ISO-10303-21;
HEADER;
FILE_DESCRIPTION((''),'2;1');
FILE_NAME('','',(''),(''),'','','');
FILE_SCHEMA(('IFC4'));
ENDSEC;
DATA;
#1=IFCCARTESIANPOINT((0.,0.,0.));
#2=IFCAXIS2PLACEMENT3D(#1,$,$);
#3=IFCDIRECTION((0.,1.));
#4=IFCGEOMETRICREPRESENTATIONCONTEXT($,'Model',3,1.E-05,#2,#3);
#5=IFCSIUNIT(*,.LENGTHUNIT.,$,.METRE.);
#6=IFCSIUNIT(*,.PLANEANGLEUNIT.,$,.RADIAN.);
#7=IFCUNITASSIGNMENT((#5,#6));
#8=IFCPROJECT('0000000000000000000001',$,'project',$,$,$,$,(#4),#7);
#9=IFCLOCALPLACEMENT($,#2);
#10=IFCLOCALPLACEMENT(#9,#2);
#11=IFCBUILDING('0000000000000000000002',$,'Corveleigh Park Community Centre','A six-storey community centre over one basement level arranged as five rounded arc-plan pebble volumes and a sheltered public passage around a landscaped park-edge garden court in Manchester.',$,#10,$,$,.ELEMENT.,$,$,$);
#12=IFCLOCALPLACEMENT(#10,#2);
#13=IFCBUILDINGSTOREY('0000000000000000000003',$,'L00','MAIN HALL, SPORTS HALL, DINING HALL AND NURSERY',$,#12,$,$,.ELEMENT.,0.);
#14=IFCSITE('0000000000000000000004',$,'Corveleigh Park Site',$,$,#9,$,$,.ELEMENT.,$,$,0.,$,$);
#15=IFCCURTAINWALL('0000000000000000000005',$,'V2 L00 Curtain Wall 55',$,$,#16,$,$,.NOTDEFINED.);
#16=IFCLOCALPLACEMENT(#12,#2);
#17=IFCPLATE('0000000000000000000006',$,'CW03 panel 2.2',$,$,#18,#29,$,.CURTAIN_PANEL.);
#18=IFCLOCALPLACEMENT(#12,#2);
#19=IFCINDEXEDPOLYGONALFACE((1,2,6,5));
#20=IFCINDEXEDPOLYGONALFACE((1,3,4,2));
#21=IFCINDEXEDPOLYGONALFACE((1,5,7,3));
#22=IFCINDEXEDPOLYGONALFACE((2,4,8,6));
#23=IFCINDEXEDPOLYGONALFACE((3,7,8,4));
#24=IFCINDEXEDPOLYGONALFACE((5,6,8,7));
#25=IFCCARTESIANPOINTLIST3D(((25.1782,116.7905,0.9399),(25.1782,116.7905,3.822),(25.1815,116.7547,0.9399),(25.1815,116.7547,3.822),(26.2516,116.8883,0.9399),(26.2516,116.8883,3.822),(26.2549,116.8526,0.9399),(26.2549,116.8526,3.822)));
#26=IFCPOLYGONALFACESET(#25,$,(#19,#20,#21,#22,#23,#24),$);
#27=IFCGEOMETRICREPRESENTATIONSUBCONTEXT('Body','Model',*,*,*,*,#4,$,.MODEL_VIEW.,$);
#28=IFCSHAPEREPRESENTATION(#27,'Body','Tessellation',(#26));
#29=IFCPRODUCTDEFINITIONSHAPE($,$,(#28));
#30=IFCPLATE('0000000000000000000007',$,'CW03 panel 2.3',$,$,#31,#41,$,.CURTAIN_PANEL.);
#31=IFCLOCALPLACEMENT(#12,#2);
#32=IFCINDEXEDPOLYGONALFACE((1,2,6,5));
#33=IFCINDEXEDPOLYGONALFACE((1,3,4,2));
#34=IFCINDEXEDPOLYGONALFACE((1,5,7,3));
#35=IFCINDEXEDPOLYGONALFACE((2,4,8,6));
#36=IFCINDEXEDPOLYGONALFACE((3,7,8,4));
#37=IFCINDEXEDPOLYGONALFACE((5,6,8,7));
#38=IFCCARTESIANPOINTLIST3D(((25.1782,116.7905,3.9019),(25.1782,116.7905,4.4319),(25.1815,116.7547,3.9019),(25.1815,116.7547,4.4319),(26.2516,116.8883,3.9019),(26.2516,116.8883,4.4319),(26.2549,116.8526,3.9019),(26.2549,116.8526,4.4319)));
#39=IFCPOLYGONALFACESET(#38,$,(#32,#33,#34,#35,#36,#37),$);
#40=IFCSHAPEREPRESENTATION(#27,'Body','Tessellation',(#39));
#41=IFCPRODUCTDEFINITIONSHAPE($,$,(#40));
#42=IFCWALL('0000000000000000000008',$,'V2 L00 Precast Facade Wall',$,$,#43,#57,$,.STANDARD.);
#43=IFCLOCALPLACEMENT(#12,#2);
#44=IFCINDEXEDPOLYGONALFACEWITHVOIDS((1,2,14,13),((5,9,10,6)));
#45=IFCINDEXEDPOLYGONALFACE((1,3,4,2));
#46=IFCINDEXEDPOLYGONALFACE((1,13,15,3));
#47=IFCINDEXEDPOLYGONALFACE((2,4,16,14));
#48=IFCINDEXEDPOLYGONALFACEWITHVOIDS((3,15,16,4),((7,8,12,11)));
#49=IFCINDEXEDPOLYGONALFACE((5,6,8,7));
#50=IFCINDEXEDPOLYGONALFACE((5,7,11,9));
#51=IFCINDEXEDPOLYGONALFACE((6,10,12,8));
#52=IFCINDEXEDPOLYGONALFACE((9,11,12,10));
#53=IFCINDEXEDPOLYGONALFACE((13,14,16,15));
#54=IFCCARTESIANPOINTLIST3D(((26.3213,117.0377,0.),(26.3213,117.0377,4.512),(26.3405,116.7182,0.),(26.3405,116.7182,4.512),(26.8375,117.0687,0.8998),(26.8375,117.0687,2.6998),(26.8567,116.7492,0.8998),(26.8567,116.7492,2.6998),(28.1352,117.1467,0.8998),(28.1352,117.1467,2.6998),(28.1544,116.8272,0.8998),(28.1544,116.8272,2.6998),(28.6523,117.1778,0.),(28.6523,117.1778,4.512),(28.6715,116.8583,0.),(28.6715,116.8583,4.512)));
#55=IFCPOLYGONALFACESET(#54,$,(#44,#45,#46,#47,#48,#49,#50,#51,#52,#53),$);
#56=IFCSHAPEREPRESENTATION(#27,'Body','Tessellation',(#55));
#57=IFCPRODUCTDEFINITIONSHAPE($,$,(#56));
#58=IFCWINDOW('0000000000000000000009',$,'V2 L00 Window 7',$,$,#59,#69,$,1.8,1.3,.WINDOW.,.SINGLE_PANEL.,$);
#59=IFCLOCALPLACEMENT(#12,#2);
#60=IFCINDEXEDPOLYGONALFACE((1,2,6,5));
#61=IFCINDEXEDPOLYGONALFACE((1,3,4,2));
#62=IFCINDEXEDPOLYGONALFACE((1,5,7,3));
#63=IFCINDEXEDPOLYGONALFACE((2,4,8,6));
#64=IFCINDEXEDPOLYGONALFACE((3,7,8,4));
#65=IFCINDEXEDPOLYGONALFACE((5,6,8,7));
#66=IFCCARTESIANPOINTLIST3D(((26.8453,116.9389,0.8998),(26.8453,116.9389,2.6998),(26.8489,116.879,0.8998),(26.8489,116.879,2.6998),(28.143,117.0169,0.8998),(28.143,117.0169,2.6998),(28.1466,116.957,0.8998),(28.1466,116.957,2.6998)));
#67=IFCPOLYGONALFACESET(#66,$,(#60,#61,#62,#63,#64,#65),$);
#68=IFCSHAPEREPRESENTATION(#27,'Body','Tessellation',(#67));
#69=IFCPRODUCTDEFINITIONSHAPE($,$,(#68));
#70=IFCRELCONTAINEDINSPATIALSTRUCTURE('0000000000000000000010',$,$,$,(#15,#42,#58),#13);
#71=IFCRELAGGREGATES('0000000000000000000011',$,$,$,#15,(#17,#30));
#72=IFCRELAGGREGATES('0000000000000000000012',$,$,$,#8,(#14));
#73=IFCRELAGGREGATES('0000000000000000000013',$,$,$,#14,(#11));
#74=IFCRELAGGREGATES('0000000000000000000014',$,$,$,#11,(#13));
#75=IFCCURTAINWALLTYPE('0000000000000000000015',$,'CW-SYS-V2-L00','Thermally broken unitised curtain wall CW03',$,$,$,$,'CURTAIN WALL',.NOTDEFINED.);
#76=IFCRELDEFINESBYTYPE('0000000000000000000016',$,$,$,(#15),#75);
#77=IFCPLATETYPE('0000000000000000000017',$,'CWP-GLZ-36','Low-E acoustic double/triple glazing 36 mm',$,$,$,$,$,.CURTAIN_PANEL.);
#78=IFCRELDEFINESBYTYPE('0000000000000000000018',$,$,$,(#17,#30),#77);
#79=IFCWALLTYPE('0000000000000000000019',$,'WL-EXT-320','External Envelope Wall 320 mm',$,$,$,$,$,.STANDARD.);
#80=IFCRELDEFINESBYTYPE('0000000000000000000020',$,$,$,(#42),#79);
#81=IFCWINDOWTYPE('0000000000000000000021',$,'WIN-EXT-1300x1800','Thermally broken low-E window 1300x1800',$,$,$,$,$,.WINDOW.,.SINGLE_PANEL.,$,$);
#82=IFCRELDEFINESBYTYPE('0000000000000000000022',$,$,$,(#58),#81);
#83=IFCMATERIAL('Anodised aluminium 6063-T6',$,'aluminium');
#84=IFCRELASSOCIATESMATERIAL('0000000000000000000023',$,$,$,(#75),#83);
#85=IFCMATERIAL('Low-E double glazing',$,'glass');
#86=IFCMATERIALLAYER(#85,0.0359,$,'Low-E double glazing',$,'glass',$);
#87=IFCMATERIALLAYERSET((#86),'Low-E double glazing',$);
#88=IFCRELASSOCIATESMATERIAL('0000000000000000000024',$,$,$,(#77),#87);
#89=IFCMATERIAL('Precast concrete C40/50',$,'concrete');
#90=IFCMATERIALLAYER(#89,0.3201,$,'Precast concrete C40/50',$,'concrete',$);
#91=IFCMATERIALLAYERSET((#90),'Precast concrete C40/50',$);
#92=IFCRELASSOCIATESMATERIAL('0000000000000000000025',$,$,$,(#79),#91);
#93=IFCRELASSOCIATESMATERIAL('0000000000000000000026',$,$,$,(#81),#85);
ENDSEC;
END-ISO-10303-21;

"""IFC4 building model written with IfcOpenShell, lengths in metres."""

from ifc_helpers import new_model, si_unit, direction, frame, frame_2d, origin, origin_2d, place, context, subcontext, project, spatial, rectangle, extrude, material, layer, layer_set, type_object, element, fill, aggregate, save


model = new_model("IFC4")

# Units and contexts
model_context = context("Model", 3, precision=1e-05, world=origin(), true_north=direction((0.0, 1.0)))
body_context = subcontext(model_context, "Body", "Model", "MODEL_VIEW")
ifc_project = project(units=[si_unit("LENGTHUNIT", "METRE"), si_unit("PLANEANGLEUNIT", "RADIAN")], contexts=[model_context])

# Site, building, storey
site_placement = place(None, origin())
site = spatial("IfcSite", under=ifc_project, at=site_placement, Name="Corveleigh Park Site", CompositionType="ELEMENT", RefElevation=0.0)
building_placement = place(site_placement, origin())
building = spatial("IfcBuilding", under=site, at=building_placement, Name="Corveleigh Park Community Centre", Description="A six-storey community centre over one basement level arranged as five rounded arc-plan pebble volumes and a sheltered public passage around a landscaped park-edge garden court in Manchester.", CompositionType="ELEMENT")
storey_placement = place(building_placement, origin())
storey = spatial("IfcBuildingStorey", under=building, at=storey_placement, Name="L00", Description="MAIN HALL, SPORTS HALL, DINING HALL AND NURSERY", CompositionType="ELEMENT", Elevation=0.0)

# Curtain wall
ifc_material_1 = material(Name="Anodised aluminium 6063-T6", Category="aluminium")
curtain_wall_type = type_object("IfcCurtainWallType", Name="CW-SYS-V2-L00", Description="Thermally broken unitised curtain wall CW03", ElementType="CURTAIN WALL", PredefinedType="NOTDEFINED", material=ifc_material_1)
curtain_wall_1_placement = place(storey_placement, origin())
curtain_wall_1 = element("IfcCurtainWall", 1, at=curtain_wall_1_placement, inside=storey, type_object=curtain_wall_type, Name="V2 L00 Curtain Wall 55", PredefinedType="NOTDEFINED")

# Plates
ifc_material_2 = material(Name="Low-E double glazing", Category="glass")
ifc_layer_1 = layer(ifc_material_2, 0.0359, Name="Low-E double glazing", Category="glass")
ifc_layer_set_1 = layer_set([ifc_layer_1], Name="Low-E double glazing")
plate_type_1 = type_object("IfcPlateType", Name="CWP-GLZ-36", Description="Low-E acoustic double/triple glazing 36 mm", PredefinedType="CURTAIN_PANEL", material=ifc_layer_set_1)
plate_1_placement = place(storey_placement, frame((25.7166, 116.8215, 0.9399), z_axis=(0.0, 0.0, 1.0), x_axis=(0.995872, 0.090767, 0.0)))
plate_1 = element("IfcPlate", 2, at=plate_1_placement, type_object=plate_type_1, Name="CW03 panel 2.2", PredefinedType="CURTAIN_PANEL", context=body_context, shape_type="SweptSolid", body=[
    extrude(rectangle(XDim=1.0779, YDim=0.0359, at=origin_2d()), origin(), (0.0, 0.0, 1.0), 2.8821),
])
plate_2_placement = place(storey_placement, frame((25.7166, 116.8215, 3.9019), z_axis=(0.0, 0.0, 1.0), x_axis=(0.995872, 0.090767, 0.0)))
plate_2 = element("IfcPlate", 3, at=plate_2_placement, type_object=plate_type_1, Name="CW03 panel 2.3", PredefinedType="CURTAIN_PANEL", context=body_context, shape_type="SweptSolid", body=[
    extrude(rectangle(XDim=1.0779, YDim=0.0359, at=origin_2d()), origin(), (0.0, 0.0, 1.0), 0.53),
])
aggregate(curtain_wall_1, [plate_1, plate_2])

# Wall, opening, window
ifc_material_3 = material(Name="Precast concrete C40/50", Category="concrete")
ifc_layer_2 = layer(ifc_material_3, 0.3201, Name="Precast concrete C40/50", Category="concrete")
ifc_layer_set_2 = layer_set([ifc_layer_2], Name="Precast concrete C40/50")
wall_type = type_object("IfcWallType", Name="WL-EXT-320", Description="External Envelope Wall 320 mm", PredefinedType="STANDARD", material=ifc_layer_set_2)
wall_placement = place(storey_placement, frame((26.3311, 116.8779, 0.0), z_axis=(0.0, 0.0, 1.0), x_axis=(0.998198, 0.060009, 0.0)))
wall = element("IfcWall", 4, at=wall_placement, inside=storey, type_object=wall_type, Name="V2 L00 Precast Facade Wall", PredefinedType="STANDARD", context=body_context, shape_type="SweptSolid", body=[
    extrude(rectangle(XDim=2.3352, YDim=0.3201, at=frame_2d((1.1675, 0.0))), origin(), (0.0, 0.0, 1.0), 4.512),
])
opening_placement = place(wall_placement, frame((0.5171, 0.0, 0.8999)))
opening = element("IfcOpeningElement", 5, at=opening_placement, cuts=wall, PredefinedType="OPENING", context=body_context, shape_type="SweptSolid", body=[
    extrude(rectangle(XDim=1.3, YDim=1.8, at=frame_2d((0.6499, 0.8999))), frame((0.0, 0.1699, 0.0), z_axis=(0.0, -1.0, 0.0), x_axis=(1.0, 0.0, 0.0)), (0.0, 0.0, 1.0), 0.3401),
])
window_type = type_object("IfcWindowType", Name="WIN-EXT-1300x1800", Description="Thermally broken low-E window 1300x1800", PartitioningType="SINGLE_PANEL", PredefinedType="WINDOW", material=ifc_material_2)
window_placement = place(opening_placement, origin())
window = element("IfcWindow", 6, at=window_placement, inside=storey, type_object=window_type, Name="V2 L00 Window 7", OverallHeight=1.8, OverallWidth=1.3, PartitioningType="SINGLE_PANEL", PredefinedType="WINDOW", context=body_context, shape_type="SweptSolid", body=[
    extrude(rectangle(XDim=1.3, YDim=1.8, at=frame_2d((0.6499, 0.8999))), frame((0.0, 0.03, 0.0), z_axis=(0.0, -1.0, 0.0), x_axis=(1.0, 0.0, 0.0)), (0.0, 0.0, 1.0), 0.0601),
])
fill(opening, window)

save(model, "model.ifc")
